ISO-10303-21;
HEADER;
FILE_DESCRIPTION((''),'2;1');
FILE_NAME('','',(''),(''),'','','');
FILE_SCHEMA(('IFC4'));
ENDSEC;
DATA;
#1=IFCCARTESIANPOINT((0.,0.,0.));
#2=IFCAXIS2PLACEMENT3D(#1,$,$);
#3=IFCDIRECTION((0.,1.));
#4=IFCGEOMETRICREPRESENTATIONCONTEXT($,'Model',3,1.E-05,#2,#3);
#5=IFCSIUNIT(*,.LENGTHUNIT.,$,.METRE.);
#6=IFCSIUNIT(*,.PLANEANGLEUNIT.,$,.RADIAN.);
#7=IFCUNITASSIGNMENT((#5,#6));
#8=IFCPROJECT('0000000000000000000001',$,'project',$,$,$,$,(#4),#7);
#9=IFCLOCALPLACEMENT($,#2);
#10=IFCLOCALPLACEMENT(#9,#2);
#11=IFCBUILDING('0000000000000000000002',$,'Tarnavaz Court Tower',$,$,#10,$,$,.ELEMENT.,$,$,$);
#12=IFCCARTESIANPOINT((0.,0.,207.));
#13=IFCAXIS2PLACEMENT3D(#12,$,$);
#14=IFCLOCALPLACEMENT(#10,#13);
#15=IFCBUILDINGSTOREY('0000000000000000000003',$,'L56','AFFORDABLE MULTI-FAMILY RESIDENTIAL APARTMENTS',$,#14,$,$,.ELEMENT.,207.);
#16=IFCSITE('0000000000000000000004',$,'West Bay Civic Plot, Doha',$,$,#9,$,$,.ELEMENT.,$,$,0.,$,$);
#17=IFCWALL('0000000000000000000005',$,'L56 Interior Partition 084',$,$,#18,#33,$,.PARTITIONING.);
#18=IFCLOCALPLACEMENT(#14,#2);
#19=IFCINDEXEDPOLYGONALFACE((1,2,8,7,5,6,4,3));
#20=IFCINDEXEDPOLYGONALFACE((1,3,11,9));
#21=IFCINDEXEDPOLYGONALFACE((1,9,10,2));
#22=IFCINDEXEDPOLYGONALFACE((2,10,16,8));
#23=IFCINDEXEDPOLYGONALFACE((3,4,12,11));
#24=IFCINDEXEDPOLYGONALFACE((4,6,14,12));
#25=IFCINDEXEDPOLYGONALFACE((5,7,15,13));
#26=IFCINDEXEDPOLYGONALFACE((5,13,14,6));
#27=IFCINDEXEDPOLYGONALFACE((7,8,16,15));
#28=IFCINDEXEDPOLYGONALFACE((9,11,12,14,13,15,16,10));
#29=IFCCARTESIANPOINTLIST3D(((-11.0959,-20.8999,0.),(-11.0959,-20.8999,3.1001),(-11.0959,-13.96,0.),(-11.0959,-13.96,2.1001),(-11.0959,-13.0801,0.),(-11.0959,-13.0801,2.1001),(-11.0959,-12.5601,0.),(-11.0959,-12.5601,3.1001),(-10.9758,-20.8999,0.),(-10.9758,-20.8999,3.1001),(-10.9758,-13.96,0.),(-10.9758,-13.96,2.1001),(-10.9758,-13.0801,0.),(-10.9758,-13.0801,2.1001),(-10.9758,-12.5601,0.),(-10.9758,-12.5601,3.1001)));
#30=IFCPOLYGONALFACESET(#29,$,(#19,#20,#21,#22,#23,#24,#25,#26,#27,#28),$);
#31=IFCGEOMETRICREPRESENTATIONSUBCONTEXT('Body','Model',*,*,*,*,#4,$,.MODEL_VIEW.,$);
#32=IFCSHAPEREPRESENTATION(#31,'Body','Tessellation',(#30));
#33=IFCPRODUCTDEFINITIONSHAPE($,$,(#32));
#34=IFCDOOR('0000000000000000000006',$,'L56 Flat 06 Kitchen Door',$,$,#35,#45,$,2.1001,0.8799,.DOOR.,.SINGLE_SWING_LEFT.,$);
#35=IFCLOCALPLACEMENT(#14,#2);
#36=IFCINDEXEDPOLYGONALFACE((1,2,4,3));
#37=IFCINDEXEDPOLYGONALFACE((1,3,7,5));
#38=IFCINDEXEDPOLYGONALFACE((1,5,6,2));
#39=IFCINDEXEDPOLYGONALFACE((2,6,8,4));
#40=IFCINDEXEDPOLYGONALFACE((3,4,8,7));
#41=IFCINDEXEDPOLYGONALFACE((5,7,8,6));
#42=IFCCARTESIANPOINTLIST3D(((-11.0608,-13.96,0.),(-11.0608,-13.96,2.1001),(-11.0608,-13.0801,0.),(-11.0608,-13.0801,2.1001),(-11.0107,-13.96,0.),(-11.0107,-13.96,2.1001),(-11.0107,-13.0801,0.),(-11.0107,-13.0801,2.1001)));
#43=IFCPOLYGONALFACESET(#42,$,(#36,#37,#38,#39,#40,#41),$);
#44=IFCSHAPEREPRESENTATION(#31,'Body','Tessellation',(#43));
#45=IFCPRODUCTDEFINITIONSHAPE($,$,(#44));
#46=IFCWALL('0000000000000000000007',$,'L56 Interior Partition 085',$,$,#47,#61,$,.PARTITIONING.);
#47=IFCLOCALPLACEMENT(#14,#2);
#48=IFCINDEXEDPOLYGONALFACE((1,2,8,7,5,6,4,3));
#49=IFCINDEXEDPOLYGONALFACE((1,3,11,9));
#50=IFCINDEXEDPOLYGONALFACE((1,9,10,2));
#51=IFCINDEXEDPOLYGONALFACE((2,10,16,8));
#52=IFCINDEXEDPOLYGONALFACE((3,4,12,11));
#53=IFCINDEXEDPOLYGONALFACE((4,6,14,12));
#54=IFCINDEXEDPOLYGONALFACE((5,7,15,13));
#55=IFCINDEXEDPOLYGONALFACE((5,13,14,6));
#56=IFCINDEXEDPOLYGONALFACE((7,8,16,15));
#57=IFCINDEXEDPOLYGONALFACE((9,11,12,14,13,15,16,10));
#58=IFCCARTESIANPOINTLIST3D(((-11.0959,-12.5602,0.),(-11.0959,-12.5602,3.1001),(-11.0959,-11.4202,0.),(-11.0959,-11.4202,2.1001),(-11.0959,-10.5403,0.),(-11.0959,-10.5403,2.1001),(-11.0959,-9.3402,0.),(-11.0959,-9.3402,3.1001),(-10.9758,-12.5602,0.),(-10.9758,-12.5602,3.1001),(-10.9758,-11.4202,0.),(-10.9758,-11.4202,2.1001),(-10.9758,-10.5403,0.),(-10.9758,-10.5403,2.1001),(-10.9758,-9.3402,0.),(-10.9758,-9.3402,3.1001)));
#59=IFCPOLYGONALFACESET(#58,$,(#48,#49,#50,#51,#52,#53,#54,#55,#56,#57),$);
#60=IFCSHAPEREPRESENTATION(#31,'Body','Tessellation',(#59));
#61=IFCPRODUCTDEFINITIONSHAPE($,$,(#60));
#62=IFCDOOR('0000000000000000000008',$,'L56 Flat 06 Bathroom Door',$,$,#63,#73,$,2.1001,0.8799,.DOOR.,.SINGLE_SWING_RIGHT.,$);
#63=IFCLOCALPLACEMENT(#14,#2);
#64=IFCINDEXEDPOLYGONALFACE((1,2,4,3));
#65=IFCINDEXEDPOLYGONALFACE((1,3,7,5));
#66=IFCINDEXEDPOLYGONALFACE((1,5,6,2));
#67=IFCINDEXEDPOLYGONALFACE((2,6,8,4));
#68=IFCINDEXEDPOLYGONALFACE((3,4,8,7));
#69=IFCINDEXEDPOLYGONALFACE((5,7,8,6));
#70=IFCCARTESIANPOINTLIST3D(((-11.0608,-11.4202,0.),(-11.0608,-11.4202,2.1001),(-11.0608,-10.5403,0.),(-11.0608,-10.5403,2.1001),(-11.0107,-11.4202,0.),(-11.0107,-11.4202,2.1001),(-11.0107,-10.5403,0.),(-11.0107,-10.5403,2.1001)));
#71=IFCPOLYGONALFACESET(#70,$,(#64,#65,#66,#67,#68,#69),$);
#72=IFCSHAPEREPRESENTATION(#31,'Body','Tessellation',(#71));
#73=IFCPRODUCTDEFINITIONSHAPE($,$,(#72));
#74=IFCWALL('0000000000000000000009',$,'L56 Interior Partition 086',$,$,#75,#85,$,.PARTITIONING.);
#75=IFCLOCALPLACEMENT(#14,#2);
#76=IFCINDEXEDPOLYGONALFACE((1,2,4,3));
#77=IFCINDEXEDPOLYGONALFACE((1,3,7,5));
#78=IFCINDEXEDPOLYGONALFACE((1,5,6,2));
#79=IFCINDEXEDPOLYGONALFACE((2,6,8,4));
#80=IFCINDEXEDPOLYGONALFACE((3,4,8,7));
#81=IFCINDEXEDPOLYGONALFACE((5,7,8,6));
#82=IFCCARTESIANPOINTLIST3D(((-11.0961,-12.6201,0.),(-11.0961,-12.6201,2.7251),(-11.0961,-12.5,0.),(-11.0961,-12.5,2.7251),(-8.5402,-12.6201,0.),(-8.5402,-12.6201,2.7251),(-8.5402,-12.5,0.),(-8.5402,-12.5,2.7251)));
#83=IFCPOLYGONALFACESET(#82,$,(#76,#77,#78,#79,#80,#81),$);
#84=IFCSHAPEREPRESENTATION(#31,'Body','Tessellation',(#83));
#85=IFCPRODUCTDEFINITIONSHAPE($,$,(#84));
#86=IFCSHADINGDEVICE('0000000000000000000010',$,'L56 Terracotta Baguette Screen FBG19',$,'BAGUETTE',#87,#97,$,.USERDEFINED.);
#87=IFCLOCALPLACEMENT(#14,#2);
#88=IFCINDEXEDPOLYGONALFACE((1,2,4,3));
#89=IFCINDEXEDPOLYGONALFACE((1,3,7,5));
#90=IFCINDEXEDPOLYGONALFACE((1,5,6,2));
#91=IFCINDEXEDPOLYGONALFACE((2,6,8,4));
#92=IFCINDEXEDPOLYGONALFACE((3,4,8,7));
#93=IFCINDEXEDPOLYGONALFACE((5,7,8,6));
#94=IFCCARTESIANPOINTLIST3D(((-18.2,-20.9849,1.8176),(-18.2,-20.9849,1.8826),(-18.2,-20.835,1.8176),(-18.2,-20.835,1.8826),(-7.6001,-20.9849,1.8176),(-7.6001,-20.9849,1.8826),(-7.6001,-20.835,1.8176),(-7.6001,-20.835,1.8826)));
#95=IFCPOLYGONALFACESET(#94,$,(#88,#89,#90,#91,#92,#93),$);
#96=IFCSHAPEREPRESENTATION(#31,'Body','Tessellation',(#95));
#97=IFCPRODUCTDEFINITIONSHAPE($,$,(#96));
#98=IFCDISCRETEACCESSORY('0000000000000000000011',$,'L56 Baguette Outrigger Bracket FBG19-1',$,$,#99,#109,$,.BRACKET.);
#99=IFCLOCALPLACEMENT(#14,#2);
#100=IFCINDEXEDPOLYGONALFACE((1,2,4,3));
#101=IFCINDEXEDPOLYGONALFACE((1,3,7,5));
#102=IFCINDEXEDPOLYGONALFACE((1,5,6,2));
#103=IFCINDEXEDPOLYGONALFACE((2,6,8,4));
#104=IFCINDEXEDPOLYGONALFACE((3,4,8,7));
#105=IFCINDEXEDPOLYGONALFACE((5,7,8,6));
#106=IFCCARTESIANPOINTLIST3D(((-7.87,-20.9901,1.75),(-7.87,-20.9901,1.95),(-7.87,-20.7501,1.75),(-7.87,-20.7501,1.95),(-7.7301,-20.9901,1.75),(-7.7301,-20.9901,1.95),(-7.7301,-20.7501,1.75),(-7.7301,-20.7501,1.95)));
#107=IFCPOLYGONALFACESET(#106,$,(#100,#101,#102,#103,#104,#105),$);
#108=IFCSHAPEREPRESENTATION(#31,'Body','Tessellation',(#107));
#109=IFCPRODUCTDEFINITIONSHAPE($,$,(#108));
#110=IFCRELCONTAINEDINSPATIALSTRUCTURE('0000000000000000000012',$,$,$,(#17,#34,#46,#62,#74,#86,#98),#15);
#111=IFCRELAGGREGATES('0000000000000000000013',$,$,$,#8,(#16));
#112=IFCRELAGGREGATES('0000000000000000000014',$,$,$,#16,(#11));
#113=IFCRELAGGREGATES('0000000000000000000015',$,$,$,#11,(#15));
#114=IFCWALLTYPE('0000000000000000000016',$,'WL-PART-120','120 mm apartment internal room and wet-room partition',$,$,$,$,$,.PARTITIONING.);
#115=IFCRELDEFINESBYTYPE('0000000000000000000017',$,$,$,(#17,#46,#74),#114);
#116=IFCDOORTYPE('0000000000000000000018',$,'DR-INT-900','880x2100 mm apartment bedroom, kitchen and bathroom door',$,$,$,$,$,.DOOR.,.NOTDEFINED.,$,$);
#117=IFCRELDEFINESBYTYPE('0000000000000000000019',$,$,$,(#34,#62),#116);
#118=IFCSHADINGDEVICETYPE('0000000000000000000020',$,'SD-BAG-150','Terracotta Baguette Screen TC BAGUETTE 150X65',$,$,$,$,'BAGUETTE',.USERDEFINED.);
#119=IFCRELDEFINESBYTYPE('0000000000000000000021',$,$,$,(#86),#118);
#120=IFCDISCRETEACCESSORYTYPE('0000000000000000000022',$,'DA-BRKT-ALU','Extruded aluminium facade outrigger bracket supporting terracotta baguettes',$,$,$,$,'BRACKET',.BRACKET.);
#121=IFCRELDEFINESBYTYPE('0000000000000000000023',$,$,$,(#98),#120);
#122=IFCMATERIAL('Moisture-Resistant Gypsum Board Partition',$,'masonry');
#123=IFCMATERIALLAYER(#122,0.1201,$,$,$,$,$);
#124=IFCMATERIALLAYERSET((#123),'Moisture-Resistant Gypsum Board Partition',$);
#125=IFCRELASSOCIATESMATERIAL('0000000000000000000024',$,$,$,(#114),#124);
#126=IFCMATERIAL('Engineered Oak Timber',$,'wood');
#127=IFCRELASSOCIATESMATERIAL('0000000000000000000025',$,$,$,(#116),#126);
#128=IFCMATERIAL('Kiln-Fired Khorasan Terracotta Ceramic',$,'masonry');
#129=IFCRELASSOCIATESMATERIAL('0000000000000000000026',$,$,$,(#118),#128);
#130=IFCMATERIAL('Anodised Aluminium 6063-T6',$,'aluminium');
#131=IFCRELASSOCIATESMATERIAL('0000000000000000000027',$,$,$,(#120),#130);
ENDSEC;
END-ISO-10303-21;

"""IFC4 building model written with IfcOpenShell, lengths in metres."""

from ifc_helpers import new_model, si_unit, direction, frame, frame_2d, origin, origin_2d, place, context, subcontext, project, spatial, rectangle, extrude, material, layer, layer_set, material_profile, profile_set, type_object, element, fill, save


model = new_model("IFC4")

# Units and contexts
model_context = context("Model", 3, precision=1e-05, world=origin(), true_north=direction((0.0, 1.0)))
body_context = subcontext(model_context, "Body", "Model", "MODEL_VIEW")
ifc_project = project(units=[si_unit("LENGTHUNIT", "METRE"), si_unit("PLANEANGLEUNIT", "RADIAN")], contexts=[model_context])

# Site, building, storey
site_placement = place(None, origin())
site = spatial("IfcSite", under=ifc_project, at=site_placement, Name="West Bay Civic Plot, Doha", CompositionType="ELEMENT", RefElevation=0.0)
building_placement = place(site_placement, origin())
building = spatial("IfcBuilding", under=site, at=building_placement, Name="Tarnavaz Court Tower", CompositionType="ELEMENT")
storey_placement = place(building_placement, frame((0.0, 0.0, 207.0)))
storey = spatial("IfcBuildingStorey", under=building, at=storey_placement, Name="L56", Description="AFFORDABLE MULTI-FAMILY RESIDENTIAL APARTMENTS", CompositionType="ELEMENT", Elevation=207.0)

# Walls, openings, doors
ifc_material_1 = material(Name="Moisture-Resistant Gypsum Board Partition", Category="masonry")
ifc_layer_1 = layer(ifc_material_1, 0.1201)
ifc_layer_set_1 = layer_set([ifc_layer_1], Name="Moisture-Resistant Gypsum Board Partition")
wall_type_1 = type_object("IfcWallType", Name="WL-PART-120", Description="120 mm apartment internal room and wet-room partition", PredefinedType="PARTITIONING", material=ifc_layer_set_1)
wall_1_placement = place(storey_placement, frame((-11.0359, -20.8999, 0.0), z_axis=(0.0, 0.0, 1.0), x_axis=(0.0, 1.0, 0.0)))
wall_1 = element("IfcWall", 1, at=wall_1_placement, inside=storey, type_object=wall_type_1, Name="L56 Interior Partition 084", PredefinedType="PARTITIONING", context=body_context, shape_type="SweptSolid", body=[
    extrude(rectangle(XDim=8.3398, YDim=0.1201, at=frame_2d((4.1699, 0.0))), origin(), (0.0, 0.0, 1.0), 3.1001),
])
opening_1_placement = place(wall_1_placement, frame((6.9399, 0.0, 0.0)))
opening_1 = element("IfcOpeningElement", 2, at=opening_1_placement, cuts=wall_1, PredefinedType="OPENING", context=body_context, shape_type="SweptSolid", body=[
    extrude(rectangle(XDim=0.8799, YDim=2.1001, at=frame_2d((0.4399, 1.05))), frame((0.0, 0.0701, 0.0), z_axis=(0.0, -1.0, 0.0), x_axis=(1.0, 0.0, 0.0)), (0.0, 0.0, 1.0), 0.1401),
])
ifc_material_2 = material(Name="Engineered Oak Timber", Category="wood")
door_type = type_object("IfcDoorType", Name="DR-INT-900", Description="880x2100 mm apartment bedroom, kitchen and bathroom door", OperationType="NOTDEFINED", PredefinedType="DOOR", material=ifc_material_2)
door_1_placement = place(opening_1_placement, origin())
door_1 = element("IfcDoor", 3, at=door_1_placement, inside=storey, type_object=door_type, Name="L56 Flat 06 Kitchen Door", OperationType="SINGLE_SWING_LEFT", OverallHeight=2.1001, OverallWidth=0.8799, PredefinedType="DOOR", context=body_context, shape_type="SweptSolid", body=[
    extrude(rectangle(XDim=0.8799, YDim=2.1001, at=frame_2d((0.4399, 1.05))), frame((0.0, 0.0249, 0.0), z_axis=(0.0, -1.0, 0.0), x_axis=(1.0, 0.0, 0.0)), (0.0, 0.0, 1.0), 0.05),
])
fill(opening_1, door_1)
wall_2_placement = place(storey_placement, frame((-11.0359, -12.5601, 0.0), z_axis=(0.0, 0.0, 1.0), x_axis=(0.0, 1.0, 0.0)))
wall_2 = element("IfcWall", 4, at=wall_2_placement, inside=storey, type_object=wall_type_1, Name="L56 Interior Partition 085", PredefinedType="PARTITIONING", context=body_context, shape_type="SweptSolid", body=[
    extrude(rectangle(XDim=3.22, YDim=0.1201, at=frame_2d((1.6099, 0.0))), origin(), (0.0, 0.0, 1.0), 3.1001),
])
opening_2_placement = place(wall_2_placement, frame((1.1399, 0.0, 0.0)))
opening_2 = element("IfcOpeningElement", 5, at=opening_2_placement, cuts=wall_2, PredefinedType="OPENING", context=body_context, shape_type="SweptSolid", body=[
    extrude(rectangle(XDim=0.8799, YDim=2.1001, at=frame_2d((0.4399, 1.05))), frame((0.0, 0.0701, 0.0), z_axis=(0.0, -1.0, 0.0), x_axis=(1.0, 0.0, 0.0)), (0.0, 0.0, 1.0), 0.1401),
])
door_2_placement = place(opening_2_placement, origin())
door_2 = element("IfcDoor", 6, at=door_2_placement, inside=storey, type_object=door_type, Name="L56 Flat 06 Bathroom Door", OperationType="SINGLE_SWING_RIGHT", OverallHeight=2.1001, OverallWidth=0.8799, PredefinedType="DOOR", context=body_context, shape_type="SweptSolid", body=[
    extrude(rectangle(XDim=0.8799, YDim=2.1001, at=frame_2d((0.4399, 1.05))), frame((0.0, 0.0249, 0.0), z_axis=(0.0, -1.0, 0.0), x_axis=(1.0, 0.0, 0.0)), (0.0, 0.0, 1.0), 0.05),
])
fill(opening_2, door_2)

# Wall
wall_3_placement = place(storey_placement, frame((-11.0959, -12.5601, 0.0), z_axis=(0.0, 0.0, 1.0), x_axis=(1.0, 0.0, 0.0)))
element("IfcWall", 7, at=wall_3_placement, inside=storey, type_object=wall_type_1, Name="L56 Interior Partition 086", PredefinedType="PARTITIONING", context=body_context, shape_type="SweptSolid", body=[
    extrude(rectangle(XDim=2.5559, YDim=0.1201, at=frame_2d((1.2778, 0.0))), origin(), (0.0, 0.0, 1.0), 2.7251),
])

# Shading device
ifc_material_3 = material(Name="Kiln-Fired Khorasan Terracotta Ceramic", Category="masonry")
ifc_material_profile_1 = material_profile(ifc_material_3, rectangle(XDim=0.1499, YDim=0.0649, at=origin_2d()), Name="TC BAGUETTE 150X65")
ifc_profile_set_1 = profile_set([ifc_material_profile_1], Name="Kiln-Fired Khorasan Terracotta Ceramic")
shading_device_type = type_object("IfcShadingDeviceType", Name="SD-BAG-150", Description="Terracotta Baguette Screen TC BAGUETTE 150X65", ElementType="BAGUETTE", PredefinedType="USERDEFINED", material=ifc_profile_set_1)
shading_device_placement = place(storey_placement, frame((-7.6001, -20.9099, 1.8501), z_axis=(-1.0, 0.0, 0.0), x_axis=(0.0, -1.0, 0.0)))
element("IfcShadingDevice", 8, at=shading_device_placement, inside=storey, type_object=shading_device_type, Name="L56 Terracotta Baguette Screen FBG19", ObjectType="BAGUETTE", PredefinedType="USERDEFINED", context=body_context, shape_type="SweptSolid", body=[
    extrude(rectangle(XDim=0.1499, YDim=0.0649, at=origin_2d()), origin(), (0.0, 0.0, 1.0), 10.5999),
])

# Discrete accessory
ifc_material_4 = material(Name="Anodised Aluminium 6063-T6", Category="aluminium")
discrete_accessory_type = type_object("IfcDiscreteAccessoryType", Name="DA-BRKT-ALU", Description="Extruded aluminium facade outrigger bracket supporting terracotta baguettes", ElementType="BRACKET", PredefinedType="BRACKET", material=ifc_material_4)
discrete_accessory_placement = place(storey_placement, frame((-7.8, -20.8701, 1.75), z_axis=(0.0, 0.0, 1.0), x_axis=(-1.0, 0.0, 0.0)))
element("IfcDiscreteAccessory", 9, at=discrete_accessory_placement, inside=storey, type_object=discrete_accessory_type, Name="L56 Baguette Outrigger Bracket FBG19-1", PredefinedType="BRACKET", context=body_context, shape_type="SweptSolid", body=[
    extrude(rectangle(XDim=0.1399, YDim=0.24, at=origin_2d()), origin(), (0.0, 0.0, 1.0), 0.2),
])

save(model, "model.ifc")
